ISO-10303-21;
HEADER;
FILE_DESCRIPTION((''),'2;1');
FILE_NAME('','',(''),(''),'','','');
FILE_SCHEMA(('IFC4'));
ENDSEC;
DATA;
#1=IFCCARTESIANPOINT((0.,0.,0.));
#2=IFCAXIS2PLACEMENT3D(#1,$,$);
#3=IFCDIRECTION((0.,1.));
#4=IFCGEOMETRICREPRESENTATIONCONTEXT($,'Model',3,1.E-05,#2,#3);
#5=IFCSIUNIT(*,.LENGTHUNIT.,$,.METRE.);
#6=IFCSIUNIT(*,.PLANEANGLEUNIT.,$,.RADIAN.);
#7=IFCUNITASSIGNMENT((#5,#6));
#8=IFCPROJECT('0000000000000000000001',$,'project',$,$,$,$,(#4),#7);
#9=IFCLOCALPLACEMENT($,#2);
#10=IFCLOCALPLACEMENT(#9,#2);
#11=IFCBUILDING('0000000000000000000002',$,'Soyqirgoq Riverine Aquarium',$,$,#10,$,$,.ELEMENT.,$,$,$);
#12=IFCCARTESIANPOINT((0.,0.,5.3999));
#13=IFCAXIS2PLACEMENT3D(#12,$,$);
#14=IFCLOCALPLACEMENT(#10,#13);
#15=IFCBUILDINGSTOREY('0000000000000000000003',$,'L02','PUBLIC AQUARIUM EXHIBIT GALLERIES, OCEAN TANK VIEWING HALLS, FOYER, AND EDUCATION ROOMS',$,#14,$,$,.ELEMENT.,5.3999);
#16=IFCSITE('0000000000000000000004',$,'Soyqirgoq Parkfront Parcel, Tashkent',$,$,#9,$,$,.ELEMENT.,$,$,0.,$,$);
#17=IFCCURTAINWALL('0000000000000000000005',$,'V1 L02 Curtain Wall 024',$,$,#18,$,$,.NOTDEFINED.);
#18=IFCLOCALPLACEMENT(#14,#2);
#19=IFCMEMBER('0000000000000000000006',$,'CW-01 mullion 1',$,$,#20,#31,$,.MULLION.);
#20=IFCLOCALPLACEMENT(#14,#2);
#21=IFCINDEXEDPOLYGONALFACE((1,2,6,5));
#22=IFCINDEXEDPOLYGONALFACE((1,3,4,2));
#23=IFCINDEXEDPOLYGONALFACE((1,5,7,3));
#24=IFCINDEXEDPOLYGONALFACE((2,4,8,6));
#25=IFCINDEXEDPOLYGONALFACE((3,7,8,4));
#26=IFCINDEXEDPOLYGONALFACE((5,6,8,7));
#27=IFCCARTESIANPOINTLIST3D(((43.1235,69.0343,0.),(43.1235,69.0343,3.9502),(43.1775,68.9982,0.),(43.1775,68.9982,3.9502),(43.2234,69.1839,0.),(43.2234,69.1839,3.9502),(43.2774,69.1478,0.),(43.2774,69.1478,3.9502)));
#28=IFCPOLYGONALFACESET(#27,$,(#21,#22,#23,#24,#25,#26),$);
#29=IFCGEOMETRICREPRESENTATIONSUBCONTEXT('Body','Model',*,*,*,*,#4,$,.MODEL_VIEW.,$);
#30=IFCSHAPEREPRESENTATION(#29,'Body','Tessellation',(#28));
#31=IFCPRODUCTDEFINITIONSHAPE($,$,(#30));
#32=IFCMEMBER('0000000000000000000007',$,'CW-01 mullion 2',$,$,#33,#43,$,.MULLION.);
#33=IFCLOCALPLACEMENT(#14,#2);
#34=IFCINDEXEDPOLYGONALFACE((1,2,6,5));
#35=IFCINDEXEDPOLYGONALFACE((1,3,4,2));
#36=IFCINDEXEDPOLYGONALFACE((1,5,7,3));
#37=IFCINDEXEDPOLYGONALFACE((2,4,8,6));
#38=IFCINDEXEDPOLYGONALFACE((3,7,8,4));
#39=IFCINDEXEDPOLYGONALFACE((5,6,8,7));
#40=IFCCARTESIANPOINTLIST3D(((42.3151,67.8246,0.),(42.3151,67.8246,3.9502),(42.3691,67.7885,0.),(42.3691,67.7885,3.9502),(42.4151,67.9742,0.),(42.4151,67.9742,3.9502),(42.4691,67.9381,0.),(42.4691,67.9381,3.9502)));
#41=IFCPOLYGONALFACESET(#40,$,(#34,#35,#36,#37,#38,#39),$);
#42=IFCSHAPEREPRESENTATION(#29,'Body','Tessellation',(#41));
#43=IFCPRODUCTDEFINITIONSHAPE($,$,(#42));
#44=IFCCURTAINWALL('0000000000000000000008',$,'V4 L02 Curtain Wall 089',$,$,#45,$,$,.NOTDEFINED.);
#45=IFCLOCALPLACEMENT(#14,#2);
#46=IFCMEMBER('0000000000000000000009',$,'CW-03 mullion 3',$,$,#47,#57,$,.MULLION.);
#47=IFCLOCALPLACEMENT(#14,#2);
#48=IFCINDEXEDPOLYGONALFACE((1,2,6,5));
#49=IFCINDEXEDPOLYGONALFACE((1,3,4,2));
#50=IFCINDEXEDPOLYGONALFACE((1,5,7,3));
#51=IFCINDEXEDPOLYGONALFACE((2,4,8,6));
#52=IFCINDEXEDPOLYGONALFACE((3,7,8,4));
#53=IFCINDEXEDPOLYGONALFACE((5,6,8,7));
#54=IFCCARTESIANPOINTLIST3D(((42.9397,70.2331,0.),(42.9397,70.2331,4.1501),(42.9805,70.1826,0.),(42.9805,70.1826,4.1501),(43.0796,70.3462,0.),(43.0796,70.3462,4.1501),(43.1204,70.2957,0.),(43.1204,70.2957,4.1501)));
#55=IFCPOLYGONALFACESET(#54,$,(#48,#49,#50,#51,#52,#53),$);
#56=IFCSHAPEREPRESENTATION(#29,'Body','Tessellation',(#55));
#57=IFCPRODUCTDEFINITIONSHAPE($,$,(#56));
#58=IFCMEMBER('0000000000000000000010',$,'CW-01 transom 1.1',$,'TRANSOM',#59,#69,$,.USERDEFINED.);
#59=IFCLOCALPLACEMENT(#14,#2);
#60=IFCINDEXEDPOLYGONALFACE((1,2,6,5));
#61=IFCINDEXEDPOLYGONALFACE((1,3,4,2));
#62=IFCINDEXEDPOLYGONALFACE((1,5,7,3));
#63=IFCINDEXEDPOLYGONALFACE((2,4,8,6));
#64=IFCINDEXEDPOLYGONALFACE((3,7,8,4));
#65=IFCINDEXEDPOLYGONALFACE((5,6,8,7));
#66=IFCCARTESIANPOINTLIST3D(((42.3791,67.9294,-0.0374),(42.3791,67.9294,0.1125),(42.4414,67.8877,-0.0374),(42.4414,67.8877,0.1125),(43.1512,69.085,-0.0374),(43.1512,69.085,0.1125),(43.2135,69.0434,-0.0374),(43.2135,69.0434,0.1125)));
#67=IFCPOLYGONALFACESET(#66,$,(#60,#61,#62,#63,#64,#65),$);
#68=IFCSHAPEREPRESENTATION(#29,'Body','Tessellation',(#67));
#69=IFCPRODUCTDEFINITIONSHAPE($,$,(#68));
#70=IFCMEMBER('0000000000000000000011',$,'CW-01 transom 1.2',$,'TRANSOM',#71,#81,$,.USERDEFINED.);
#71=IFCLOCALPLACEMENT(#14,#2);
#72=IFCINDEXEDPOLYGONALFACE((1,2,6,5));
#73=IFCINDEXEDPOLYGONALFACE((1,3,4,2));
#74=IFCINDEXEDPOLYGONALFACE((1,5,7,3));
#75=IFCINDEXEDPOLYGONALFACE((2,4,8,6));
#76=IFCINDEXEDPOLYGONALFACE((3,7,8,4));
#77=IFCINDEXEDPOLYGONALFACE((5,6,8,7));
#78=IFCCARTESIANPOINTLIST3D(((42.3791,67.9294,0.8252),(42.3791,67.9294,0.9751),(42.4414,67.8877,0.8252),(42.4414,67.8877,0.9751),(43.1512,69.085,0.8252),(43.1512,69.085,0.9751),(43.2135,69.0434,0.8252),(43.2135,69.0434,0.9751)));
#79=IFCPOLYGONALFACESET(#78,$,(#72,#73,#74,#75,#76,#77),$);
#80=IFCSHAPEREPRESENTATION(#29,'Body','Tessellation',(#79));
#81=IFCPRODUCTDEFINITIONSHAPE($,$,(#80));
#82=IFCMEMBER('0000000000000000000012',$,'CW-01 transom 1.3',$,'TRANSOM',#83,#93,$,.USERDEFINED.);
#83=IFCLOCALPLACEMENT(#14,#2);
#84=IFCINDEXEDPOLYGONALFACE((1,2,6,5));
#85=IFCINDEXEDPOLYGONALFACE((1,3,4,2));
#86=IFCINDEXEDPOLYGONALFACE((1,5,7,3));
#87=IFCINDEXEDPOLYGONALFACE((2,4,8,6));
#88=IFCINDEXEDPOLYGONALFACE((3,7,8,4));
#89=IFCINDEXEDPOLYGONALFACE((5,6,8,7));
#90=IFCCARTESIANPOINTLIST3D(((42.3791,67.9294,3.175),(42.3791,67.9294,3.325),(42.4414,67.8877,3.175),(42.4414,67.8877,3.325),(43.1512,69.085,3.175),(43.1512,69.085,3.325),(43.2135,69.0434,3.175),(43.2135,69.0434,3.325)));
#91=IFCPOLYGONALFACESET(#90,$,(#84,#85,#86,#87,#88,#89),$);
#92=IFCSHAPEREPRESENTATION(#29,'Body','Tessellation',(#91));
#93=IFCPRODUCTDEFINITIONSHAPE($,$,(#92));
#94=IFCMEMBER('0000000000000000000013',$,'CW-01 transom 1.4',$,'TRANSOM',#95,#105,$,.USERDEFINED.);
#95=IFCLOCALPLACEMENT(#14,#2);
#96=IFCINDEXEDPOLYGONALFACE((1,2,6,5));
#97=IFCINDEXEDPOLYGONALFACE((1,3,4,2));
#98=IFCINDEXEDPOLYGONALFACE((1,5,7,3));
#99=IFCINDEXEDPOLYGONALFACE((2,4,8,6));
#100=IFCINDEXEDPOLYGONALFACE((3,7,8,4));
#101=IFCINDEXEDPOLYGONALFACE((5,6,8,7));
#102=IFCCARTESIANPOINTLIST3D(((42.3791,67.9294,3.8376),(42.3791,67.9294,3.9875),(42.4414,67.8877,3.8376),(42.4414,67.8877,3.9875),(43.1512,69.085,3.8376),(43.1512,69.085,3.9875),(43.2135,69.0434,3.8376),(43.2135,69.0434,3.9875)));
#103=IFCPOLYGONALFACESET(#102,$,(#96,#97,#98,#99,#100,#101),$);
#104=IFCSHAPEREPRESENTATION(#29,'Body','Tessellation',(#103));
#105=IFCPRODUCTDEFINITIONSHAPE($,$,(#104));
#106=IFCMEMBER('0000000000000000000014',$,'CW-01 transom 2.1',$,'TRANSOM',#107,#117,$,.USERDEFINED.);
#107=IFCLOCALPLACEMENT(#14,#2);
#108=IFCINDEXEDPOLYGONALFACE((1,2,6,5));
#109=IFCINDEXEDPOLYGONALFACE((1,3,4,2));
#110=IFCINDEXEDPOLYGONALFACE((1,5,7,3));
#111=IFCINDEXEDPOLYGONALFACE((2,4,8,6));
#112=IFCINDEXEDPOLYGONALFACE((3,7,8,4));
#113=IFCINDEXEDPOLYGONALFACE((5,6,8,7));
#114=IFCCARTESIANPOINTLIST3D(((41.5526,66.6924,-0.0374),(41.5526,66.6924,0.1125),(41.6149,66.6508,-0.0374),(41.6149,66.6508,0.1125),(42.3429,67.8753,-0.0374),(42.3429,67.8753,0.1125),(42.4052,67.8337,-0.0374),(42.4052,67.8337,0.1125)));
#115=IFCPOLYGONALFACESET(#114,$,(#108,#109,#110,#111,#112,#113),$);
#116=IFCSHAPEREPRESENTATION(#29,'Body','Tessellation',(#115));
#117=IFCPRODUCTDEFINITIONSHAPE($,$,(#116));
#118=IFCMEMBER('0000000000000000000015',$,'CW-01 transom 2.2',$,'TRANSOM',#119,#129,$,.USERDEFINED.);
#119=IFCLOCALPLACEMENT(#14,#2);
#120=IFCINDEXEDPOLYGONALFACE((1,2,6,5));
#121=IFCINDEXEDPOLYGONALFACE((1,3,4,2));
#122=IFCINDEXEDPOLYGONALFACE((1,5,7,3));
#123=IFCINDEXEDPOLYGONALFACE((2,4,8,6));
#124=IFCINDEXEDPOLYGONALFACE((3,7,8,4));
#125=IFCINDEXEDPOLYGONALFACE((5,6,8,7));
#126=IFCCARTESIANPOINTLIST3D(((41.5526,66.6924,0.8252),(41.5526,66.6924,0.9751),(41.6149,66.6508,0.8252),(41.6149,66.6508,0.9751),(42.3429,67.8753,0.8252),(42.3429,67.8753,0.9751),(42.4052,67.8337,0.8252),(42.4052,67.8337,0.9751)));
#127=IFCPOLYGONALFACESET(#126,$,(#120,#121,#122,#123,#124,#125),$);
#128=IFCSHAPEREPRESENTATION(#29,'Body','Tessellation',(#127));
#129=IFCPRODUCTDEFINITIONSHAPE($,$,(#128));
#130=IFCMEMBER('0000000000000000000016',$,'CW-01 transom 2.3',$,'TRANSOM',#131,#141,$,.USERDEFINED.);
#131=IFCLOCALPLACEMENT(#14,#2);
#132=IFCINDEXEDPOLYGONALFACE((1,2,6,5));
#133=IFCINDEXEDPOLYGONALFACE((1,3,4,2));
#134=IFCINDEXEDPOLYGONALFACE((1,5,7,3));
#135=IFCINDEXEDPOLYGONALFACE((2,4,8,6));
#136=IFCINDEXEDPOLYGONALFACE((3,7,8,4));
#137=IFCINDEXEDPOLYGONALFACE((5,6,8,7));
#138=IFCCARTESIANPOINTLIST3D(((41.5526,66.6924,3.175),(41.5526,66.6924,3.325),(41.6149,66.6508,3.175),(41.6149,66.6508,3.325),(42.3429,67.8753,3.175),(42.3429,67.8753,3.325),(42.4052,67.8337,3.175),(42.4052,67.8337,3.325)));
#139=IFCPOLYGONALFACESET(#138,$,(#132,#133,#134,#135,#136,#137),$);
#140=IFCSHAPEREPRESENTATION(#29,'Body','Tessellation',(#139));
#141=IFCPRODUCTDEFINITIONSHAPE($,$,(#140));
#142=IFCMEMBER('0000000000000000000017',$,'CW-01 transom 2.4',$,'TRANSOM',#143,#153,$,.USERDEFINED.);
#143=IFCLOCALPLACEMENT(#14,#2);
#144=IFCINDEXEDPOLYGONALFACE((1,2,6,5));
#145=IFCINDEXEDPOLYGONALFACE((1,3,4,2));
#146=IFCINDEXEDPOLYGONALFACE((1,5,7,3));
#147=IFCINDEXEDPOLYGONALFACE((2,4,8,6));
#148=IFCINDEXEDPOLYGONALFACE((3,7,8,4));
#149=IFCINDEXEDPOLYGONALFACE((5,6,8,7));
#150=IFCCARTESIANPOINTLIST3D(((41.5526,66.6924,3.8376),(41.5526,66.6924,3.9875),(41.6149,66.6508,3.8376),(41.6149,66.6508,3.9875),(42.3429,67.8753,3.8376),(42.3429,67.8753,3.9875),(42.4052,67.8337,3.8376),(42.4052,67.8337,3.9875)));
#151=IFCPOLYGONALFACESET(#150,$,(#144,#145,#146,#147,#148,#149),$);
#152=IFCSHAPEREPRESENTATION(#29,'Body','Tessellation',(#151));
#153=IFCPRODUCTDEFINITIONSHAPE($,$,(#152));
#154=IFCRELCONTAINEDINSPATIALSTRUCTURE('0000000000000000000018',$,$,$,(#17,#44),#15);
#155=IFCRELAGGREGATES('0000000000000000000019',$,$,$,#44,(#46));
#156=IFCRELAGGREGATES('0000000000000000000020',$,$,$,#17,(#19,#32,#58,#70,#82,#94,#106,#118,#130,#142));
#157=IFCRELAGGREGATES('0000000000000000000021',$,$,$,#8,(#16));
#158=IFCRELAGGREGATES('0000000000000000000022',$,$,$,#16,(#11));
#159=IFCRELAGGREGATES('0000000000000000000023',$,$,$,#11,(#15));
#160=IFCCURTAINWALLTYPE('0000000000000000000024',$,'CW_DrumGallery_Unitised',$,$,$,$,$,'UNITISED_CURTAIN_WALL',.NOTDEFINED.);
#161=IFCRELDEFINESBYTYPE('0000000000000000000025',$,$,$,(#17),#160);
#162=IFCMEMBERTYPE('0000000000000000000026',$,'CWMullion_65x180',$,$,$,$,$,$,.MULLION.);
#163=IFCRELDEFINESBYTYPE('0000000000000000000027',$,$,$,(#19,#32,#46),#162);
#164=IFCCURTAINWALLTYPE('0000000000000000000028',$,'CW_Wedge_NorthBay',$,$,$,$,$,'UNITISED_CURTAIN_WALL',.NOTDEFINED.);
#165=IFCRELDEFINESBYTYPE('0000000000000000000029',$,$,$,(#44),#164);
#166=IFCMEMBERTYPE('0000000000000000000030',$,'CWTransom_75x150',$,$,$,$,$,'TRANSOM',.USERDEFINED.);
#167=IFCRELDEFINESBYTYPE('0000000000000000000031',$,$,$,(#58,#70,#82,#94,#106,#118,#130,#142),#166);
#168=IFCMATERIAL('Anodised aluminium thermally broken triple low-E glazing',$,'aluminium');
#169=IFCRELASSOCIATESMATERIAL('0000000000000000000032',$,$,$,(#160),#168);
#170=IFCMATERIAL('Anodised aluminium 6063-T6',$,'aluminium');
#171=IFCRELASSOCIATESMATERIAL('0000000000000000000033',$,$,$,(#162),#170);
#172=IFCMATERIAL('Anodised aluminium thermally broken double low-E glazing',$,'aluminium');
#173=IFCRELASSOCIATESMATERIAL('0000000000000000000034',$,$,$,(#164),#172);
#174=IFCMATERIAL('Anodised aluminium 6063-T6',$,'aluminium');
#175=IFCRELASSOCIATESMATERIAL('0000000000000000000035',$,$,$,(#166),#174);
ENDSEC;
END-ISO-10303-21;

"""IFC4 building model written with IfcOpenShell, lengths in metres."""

from ifc_helpers import new_model, si_unit, direction, frame, origin, origin_2d, place, context, subcontext, project, spatial, rectangle, extrude, material, material_profile, profile_set, type_object, element, aggregate, save


model = new_model("IFC4")

# Units and contexts
model_context = context("Model", 3, precision=1e-05, world=origin(), true_north=direction((0.0, 1.0)))
body_context = subcontext(model_context, "Body", "Model", "MODEL_VIEW")
ifc_project = project(units=[si_unit("LENGTHUNIT", "METRE"), si_unit("PLANEANGLEUNIT", "RADIAN")], contexts=[model_context])

# Site, building, storey
site_placement = place(None, origin())
site = spatial("IfcSite", under=ifc_project, at=site_placement, Name="Soyqirgoq Parkfront Parcel, Tashkent", CompositionType="ELEMENT", RefElevation=0.0)
building_placement = place(site_placement, origin())
building = spatial("IfcBuilding", under=site, at=building_placement, Name="Soyqirgoq Riverine Aquarium", CompositionType="ELEMENT")
storey_placement = place(building_placement, frame((0.0, 0.0, 5.3999)))
storey = spatial("IfcBuildingStorey", under=building, at=storey_placement, Name="L02", Description="PUBLIC AQUARIUM EXHIBIT GALLERIES, OCEAN TANK VIEWING HALLS, FOYER, AND EDUCATION ROOMS", CompositionType="ELEMENT", Elevation=5.3999)

# Curtain wall, members
ifc_material_1 = material(Name="Anodised aluminium thermally broken triple low-E glazing", Category="aluminium")
curtain_wall_type_1 = type_object("IfcCurtainWallType", Name="CW_DrumGallery_Unitised", ElementType="UNITISED_CURTAIN_WALL", PredefinedType="NOTDEFINED", material=ifc_material_1)
curtain_wall_1_placement = place(storey_placement, origin())
curtain_wall_1 = element("IfcCurtainWall", 1, at=curtain_wall_1_placement, inside=storey, type_object=curtain_wall_type_1, Name="V1 L02 Curtain Wall 024", PredefinedType="NOTDEFINED")
ifc_material_2 = material(Name="Anodised aluminium 6063-T6", Category="aluminium")
ifc_material_profile_1 = material_profile(ifc_material_2, rectangle(XDim=0.0649, YDim=0.1799, at=origin_2d()), Name="ALU-M 65x180")
ifc_profile_set_1 = profile_set([ifc_material_profile_1], Name="Anodised aluminium 6063-T6")
member_type_1 = type_object("IfcMemberType", Name="CWMullion_65x180", PredefinedType="MULLION", material=ifc_profile_set_1)
member_1_placement = place(storey_placement, frame((43.2004, 69.0911, 0.0), z_axis=(0.0, 0.0, 1.0), x_axis=(0.831473, -0.555565, 0.0)))
member_1 = element("IfcMember", 2, at=member_1_placement, type_object=member_type_1, Name="CW-01 mullion 1", PredefinedType="MULLION", context=body_context, shape_type="SweptSolid", body=[
    extrude(rectangle(XDim=0.0649, YDim=0.1799, at=origin_2d()), origin(), (0.0, 0.0, 1.0), 3.9502),
])
member_2_placement = place(storey_placement, frame((42.3921, 67.8813, 0.0), z_axis=(0.0, 0.0, 1.0), x_axis=(0.831473, -0.555565, 0.0)))
member_2 = element("IfcMember", 3, at=member_2_placement, type_object=member_type_1, Name="CW-01 mullion 2", PredefinedType="MULLION", context=body_context, shape_type="SweptSolid", body=[
    extrude(rectangle(XDim=0.0649, YDim=0.1799, at=origin_2d()), origin(), (0.0, 0.0, 1.0), 3.9502),
])

# Curtain wall, member
ifc_material_3 = material(Name="Anodised aluminium thermally broken double low-E glazing", Category="aluminium")
curtain_wall_type_2 = type_object("IfcCurtainWallType", Name="CW_Wedge_NorthBay", ElementType="UNITISED_CURTAIN_WALL", PredefinedType="NOTDEFINED", material=ifc_material_3)
curtain_wall_2_placement = place(storey_placement, origin())
curtain_wall_2 = element("IfcCurtainWall", 4, at=curtain_wall_2_placement, inside=storey, type_object=curtain_wall_type_2, Name="V4 L02 Curtain Wall 089", PredefinedType="NOTDEFINED")
member_3_placement = place(storey_placement, frame((43.03, 70.2644, 0.0), z_axis=(0.0, 0.0, 1.0), x_axis=(0.628894, -0.777491, 0.0)))
member_3 = element("IfcMember", 5, at=member_3_placement, type_object=member_type_1, Name="CW-03 mullion 3", PredefinedType="MULLION", context=body_context, shape_type="SweptSolid", body=[
    extrude(rectangle(XDim=0.0649, YDim=0.1799, at=origin_2d()), origin(), (0.0, 0.0, 1.0), 4.1501),
])

# Members
ifc_material_4 = material(Name="Anodised aluminium 6063-T6", Category="aluminium")
ifc_material_profile_2 = material_profile(ifc_material_4, rectangle(XDim=0.075, YDim=0.1499, at=origin_2d()), Name="ALU-T 75x150")
ifc_profile_set_2 = profile_set([ifc_material_profile_2], Name="Anodised aluminium 6063-T6")
member_type_2 = type_object("IfcMemberType", Name="CWTransom_75x150", ElementType="TRANSOM", PredefinedType="USERDEFINED", material=ifc_profile_set_2)
member_4_placement = place(storey_placement, frame((43.1824, 69.0642, 0.0376), z_axis=(-0.555551, -0.831482, 0.0), x_axis=(0.831482, -0.555551, 0.0)))
member_4 = element("IfcMember", 6, at=member_4_placement, type_object=member_type_2, Name="CW-01 transom 1.1", ObjectType="TRANSOM", PredefinedType="USERDEFINED", context=body_context, shape_type="SweptSolid", body=[
    extrude(rectangle(XDim=0.075, YDim=0.1499, at=origin_2d()), origin(), (0.0, 0.0, 1.0), 1.3899),
])
member_5_placement = place(storey_placement, frame((43.1824, 69.0642, 0.9001), z_axis=(-0.555551, -0.831482, 0.0), x_axis=(0.831482, -0.555551, 0.0)))
member_5 = element("IfcMember", 7, at=member_5_placement, type_object=member_type_2, Name="CW-01 transom 1.2", ObjectType="TRANSOM", PredefinedType="USERDEFINED", context=body_context, shape_type="SweptSolid", body=[
    extrude(rectangle(XDim=0.075, YDim=0.1499, at=origin_2d()), origin(), (0.0, 0.0, 1.0), 1.3899),
])
member_6_placement = place(storey_placement, frame((43.1824, 69.0642, 3.25), z_axis=(-0.555551, -0.831482, 0.0), x_axis=(0.831482, -0.555551, 0.0)))
member_6 = element("IfcMember", 8, at=member_6_placement, type_object=member_type_2, Name="CW-01 transom 1.3", ObjectType="TRANSOM", PredefinedType="USERDEFINED", context=body_context, shape_type="SweptSolid", body=[
    extrude(rectangle(XDim=0.075, YDim=0.1499, at=origin_2d()), origin(), (0.0, 0.0, 1.0), 1.3899),
])
member_7_placement = place(storey_placement, frame((43.1824, 69.0642, 3.9126), z_axis=(-0.555551, -0.831482, 0.0), x_axis=(0.831482, -0.555551, 0.0)))
member_7 = element("IfcMember", 9, at=member_7_placement, type_object=member_type_2, Name="CW-01 transom 1.4", ObjectType="TRANSOM", PredefinedType="USERDEFINED", context=body_context, shape_type="SweptSolid", body=[
    extrude(rectangle(XDim=0.075, YDim=0.1499, at=origin_2d()), origin(), (0.0, 0.0, 1.0), 1.3899),
])
member_8_placement = place(storey_placement, frame((42.374, 67.8545, 0.0376), z_axis=(-0.555532, -0.831495, 0.0), x_axis=(0.831495, -0.555532, 0.0)))
member_8 = element("IfcMember", 10, at=member_8_placement, type_object=member_type_2, Name="CW-01 transom 2.1", ObjectType="TRANSOM", PredefinedType="USERDEFINED", context=body_context, shape_type="SweptSolid", body=[
    extrude(rectangle(XDim=0.075, YDim=0.1499, at=origin_2d()), origin(), (0.0, 0.0, 1.0), 1.4226),
])
member_9_placement = place(storey_placement, frame((42.374, 67.8545, 0.9001), z_axis=(-0.555532, -0.831495, 0.0), x_axis=(0.831495, -0.555532, 0.0)))
member_9 = element("IfcMember", 11, at=member_9_placement, type_object=member_type_2, Name="CW-01 transom 2.2", ObjectType="TRANSOM", PredefinedType="USERDEFINED", context=body_context, shape_type="SweptSolid", body=[
    extrude(rectangle(XDim=0.075, YDim=0.1499, at=origin_2d()), origin(), (0.0, 0.0, 1.0), 1.4226),
])
member_10_placement = place(storey_placement, frame((42.374, 67.8545, 3.25), z_axis=(-0.555532, -0.831495, 0.0), x_axis=(0.831495, -0.555532, 0.0)))
member_10 = element("IfcMember", 12, at=member_10_placement, type_object=member_type_2, Name="CW-01 transom 2.3", ObjectType="TRANSOM", PredefinedType="USERDEFINED", context=body_context, shape_type="SweptSolid", body=[
    extrude(rectangle(XDim=0.075, YDim=0.1499, at=origin_2d()), origin(), (0.0, 0.0, 1.0), 1.4226),
])
member_11_placement = place(storey_placement, frame((42.374, 67.8545, 3.9126), z_axis=(-0.555532, -0.831495, 0.0), x_axis=(0.831495, -0.555532, 0.0)))
member_11 = element("IfcMember", 13, at=member_11_placement, type_object=member_type_2, Name="CW-01 transom 2.4", ObjectType="TRANSOM", PredefinedType="USERDEFINED", context=body_context, shape_type="SweptSolid", body=[
    extrude(rectangle(XDim=0.075, YDim=0.1499, at=origin_2d()), origin(), (0.0, 0.0, 1.0), 1.4226),
])

aggregate(curtain_wall_2, [member_3])
aggregate(curtain_wall_1, [member_1, member_2, member_4, member_5, member_6, member_7, member_8, member_9, member_10, member_11])

save(model, "model.ifc")
